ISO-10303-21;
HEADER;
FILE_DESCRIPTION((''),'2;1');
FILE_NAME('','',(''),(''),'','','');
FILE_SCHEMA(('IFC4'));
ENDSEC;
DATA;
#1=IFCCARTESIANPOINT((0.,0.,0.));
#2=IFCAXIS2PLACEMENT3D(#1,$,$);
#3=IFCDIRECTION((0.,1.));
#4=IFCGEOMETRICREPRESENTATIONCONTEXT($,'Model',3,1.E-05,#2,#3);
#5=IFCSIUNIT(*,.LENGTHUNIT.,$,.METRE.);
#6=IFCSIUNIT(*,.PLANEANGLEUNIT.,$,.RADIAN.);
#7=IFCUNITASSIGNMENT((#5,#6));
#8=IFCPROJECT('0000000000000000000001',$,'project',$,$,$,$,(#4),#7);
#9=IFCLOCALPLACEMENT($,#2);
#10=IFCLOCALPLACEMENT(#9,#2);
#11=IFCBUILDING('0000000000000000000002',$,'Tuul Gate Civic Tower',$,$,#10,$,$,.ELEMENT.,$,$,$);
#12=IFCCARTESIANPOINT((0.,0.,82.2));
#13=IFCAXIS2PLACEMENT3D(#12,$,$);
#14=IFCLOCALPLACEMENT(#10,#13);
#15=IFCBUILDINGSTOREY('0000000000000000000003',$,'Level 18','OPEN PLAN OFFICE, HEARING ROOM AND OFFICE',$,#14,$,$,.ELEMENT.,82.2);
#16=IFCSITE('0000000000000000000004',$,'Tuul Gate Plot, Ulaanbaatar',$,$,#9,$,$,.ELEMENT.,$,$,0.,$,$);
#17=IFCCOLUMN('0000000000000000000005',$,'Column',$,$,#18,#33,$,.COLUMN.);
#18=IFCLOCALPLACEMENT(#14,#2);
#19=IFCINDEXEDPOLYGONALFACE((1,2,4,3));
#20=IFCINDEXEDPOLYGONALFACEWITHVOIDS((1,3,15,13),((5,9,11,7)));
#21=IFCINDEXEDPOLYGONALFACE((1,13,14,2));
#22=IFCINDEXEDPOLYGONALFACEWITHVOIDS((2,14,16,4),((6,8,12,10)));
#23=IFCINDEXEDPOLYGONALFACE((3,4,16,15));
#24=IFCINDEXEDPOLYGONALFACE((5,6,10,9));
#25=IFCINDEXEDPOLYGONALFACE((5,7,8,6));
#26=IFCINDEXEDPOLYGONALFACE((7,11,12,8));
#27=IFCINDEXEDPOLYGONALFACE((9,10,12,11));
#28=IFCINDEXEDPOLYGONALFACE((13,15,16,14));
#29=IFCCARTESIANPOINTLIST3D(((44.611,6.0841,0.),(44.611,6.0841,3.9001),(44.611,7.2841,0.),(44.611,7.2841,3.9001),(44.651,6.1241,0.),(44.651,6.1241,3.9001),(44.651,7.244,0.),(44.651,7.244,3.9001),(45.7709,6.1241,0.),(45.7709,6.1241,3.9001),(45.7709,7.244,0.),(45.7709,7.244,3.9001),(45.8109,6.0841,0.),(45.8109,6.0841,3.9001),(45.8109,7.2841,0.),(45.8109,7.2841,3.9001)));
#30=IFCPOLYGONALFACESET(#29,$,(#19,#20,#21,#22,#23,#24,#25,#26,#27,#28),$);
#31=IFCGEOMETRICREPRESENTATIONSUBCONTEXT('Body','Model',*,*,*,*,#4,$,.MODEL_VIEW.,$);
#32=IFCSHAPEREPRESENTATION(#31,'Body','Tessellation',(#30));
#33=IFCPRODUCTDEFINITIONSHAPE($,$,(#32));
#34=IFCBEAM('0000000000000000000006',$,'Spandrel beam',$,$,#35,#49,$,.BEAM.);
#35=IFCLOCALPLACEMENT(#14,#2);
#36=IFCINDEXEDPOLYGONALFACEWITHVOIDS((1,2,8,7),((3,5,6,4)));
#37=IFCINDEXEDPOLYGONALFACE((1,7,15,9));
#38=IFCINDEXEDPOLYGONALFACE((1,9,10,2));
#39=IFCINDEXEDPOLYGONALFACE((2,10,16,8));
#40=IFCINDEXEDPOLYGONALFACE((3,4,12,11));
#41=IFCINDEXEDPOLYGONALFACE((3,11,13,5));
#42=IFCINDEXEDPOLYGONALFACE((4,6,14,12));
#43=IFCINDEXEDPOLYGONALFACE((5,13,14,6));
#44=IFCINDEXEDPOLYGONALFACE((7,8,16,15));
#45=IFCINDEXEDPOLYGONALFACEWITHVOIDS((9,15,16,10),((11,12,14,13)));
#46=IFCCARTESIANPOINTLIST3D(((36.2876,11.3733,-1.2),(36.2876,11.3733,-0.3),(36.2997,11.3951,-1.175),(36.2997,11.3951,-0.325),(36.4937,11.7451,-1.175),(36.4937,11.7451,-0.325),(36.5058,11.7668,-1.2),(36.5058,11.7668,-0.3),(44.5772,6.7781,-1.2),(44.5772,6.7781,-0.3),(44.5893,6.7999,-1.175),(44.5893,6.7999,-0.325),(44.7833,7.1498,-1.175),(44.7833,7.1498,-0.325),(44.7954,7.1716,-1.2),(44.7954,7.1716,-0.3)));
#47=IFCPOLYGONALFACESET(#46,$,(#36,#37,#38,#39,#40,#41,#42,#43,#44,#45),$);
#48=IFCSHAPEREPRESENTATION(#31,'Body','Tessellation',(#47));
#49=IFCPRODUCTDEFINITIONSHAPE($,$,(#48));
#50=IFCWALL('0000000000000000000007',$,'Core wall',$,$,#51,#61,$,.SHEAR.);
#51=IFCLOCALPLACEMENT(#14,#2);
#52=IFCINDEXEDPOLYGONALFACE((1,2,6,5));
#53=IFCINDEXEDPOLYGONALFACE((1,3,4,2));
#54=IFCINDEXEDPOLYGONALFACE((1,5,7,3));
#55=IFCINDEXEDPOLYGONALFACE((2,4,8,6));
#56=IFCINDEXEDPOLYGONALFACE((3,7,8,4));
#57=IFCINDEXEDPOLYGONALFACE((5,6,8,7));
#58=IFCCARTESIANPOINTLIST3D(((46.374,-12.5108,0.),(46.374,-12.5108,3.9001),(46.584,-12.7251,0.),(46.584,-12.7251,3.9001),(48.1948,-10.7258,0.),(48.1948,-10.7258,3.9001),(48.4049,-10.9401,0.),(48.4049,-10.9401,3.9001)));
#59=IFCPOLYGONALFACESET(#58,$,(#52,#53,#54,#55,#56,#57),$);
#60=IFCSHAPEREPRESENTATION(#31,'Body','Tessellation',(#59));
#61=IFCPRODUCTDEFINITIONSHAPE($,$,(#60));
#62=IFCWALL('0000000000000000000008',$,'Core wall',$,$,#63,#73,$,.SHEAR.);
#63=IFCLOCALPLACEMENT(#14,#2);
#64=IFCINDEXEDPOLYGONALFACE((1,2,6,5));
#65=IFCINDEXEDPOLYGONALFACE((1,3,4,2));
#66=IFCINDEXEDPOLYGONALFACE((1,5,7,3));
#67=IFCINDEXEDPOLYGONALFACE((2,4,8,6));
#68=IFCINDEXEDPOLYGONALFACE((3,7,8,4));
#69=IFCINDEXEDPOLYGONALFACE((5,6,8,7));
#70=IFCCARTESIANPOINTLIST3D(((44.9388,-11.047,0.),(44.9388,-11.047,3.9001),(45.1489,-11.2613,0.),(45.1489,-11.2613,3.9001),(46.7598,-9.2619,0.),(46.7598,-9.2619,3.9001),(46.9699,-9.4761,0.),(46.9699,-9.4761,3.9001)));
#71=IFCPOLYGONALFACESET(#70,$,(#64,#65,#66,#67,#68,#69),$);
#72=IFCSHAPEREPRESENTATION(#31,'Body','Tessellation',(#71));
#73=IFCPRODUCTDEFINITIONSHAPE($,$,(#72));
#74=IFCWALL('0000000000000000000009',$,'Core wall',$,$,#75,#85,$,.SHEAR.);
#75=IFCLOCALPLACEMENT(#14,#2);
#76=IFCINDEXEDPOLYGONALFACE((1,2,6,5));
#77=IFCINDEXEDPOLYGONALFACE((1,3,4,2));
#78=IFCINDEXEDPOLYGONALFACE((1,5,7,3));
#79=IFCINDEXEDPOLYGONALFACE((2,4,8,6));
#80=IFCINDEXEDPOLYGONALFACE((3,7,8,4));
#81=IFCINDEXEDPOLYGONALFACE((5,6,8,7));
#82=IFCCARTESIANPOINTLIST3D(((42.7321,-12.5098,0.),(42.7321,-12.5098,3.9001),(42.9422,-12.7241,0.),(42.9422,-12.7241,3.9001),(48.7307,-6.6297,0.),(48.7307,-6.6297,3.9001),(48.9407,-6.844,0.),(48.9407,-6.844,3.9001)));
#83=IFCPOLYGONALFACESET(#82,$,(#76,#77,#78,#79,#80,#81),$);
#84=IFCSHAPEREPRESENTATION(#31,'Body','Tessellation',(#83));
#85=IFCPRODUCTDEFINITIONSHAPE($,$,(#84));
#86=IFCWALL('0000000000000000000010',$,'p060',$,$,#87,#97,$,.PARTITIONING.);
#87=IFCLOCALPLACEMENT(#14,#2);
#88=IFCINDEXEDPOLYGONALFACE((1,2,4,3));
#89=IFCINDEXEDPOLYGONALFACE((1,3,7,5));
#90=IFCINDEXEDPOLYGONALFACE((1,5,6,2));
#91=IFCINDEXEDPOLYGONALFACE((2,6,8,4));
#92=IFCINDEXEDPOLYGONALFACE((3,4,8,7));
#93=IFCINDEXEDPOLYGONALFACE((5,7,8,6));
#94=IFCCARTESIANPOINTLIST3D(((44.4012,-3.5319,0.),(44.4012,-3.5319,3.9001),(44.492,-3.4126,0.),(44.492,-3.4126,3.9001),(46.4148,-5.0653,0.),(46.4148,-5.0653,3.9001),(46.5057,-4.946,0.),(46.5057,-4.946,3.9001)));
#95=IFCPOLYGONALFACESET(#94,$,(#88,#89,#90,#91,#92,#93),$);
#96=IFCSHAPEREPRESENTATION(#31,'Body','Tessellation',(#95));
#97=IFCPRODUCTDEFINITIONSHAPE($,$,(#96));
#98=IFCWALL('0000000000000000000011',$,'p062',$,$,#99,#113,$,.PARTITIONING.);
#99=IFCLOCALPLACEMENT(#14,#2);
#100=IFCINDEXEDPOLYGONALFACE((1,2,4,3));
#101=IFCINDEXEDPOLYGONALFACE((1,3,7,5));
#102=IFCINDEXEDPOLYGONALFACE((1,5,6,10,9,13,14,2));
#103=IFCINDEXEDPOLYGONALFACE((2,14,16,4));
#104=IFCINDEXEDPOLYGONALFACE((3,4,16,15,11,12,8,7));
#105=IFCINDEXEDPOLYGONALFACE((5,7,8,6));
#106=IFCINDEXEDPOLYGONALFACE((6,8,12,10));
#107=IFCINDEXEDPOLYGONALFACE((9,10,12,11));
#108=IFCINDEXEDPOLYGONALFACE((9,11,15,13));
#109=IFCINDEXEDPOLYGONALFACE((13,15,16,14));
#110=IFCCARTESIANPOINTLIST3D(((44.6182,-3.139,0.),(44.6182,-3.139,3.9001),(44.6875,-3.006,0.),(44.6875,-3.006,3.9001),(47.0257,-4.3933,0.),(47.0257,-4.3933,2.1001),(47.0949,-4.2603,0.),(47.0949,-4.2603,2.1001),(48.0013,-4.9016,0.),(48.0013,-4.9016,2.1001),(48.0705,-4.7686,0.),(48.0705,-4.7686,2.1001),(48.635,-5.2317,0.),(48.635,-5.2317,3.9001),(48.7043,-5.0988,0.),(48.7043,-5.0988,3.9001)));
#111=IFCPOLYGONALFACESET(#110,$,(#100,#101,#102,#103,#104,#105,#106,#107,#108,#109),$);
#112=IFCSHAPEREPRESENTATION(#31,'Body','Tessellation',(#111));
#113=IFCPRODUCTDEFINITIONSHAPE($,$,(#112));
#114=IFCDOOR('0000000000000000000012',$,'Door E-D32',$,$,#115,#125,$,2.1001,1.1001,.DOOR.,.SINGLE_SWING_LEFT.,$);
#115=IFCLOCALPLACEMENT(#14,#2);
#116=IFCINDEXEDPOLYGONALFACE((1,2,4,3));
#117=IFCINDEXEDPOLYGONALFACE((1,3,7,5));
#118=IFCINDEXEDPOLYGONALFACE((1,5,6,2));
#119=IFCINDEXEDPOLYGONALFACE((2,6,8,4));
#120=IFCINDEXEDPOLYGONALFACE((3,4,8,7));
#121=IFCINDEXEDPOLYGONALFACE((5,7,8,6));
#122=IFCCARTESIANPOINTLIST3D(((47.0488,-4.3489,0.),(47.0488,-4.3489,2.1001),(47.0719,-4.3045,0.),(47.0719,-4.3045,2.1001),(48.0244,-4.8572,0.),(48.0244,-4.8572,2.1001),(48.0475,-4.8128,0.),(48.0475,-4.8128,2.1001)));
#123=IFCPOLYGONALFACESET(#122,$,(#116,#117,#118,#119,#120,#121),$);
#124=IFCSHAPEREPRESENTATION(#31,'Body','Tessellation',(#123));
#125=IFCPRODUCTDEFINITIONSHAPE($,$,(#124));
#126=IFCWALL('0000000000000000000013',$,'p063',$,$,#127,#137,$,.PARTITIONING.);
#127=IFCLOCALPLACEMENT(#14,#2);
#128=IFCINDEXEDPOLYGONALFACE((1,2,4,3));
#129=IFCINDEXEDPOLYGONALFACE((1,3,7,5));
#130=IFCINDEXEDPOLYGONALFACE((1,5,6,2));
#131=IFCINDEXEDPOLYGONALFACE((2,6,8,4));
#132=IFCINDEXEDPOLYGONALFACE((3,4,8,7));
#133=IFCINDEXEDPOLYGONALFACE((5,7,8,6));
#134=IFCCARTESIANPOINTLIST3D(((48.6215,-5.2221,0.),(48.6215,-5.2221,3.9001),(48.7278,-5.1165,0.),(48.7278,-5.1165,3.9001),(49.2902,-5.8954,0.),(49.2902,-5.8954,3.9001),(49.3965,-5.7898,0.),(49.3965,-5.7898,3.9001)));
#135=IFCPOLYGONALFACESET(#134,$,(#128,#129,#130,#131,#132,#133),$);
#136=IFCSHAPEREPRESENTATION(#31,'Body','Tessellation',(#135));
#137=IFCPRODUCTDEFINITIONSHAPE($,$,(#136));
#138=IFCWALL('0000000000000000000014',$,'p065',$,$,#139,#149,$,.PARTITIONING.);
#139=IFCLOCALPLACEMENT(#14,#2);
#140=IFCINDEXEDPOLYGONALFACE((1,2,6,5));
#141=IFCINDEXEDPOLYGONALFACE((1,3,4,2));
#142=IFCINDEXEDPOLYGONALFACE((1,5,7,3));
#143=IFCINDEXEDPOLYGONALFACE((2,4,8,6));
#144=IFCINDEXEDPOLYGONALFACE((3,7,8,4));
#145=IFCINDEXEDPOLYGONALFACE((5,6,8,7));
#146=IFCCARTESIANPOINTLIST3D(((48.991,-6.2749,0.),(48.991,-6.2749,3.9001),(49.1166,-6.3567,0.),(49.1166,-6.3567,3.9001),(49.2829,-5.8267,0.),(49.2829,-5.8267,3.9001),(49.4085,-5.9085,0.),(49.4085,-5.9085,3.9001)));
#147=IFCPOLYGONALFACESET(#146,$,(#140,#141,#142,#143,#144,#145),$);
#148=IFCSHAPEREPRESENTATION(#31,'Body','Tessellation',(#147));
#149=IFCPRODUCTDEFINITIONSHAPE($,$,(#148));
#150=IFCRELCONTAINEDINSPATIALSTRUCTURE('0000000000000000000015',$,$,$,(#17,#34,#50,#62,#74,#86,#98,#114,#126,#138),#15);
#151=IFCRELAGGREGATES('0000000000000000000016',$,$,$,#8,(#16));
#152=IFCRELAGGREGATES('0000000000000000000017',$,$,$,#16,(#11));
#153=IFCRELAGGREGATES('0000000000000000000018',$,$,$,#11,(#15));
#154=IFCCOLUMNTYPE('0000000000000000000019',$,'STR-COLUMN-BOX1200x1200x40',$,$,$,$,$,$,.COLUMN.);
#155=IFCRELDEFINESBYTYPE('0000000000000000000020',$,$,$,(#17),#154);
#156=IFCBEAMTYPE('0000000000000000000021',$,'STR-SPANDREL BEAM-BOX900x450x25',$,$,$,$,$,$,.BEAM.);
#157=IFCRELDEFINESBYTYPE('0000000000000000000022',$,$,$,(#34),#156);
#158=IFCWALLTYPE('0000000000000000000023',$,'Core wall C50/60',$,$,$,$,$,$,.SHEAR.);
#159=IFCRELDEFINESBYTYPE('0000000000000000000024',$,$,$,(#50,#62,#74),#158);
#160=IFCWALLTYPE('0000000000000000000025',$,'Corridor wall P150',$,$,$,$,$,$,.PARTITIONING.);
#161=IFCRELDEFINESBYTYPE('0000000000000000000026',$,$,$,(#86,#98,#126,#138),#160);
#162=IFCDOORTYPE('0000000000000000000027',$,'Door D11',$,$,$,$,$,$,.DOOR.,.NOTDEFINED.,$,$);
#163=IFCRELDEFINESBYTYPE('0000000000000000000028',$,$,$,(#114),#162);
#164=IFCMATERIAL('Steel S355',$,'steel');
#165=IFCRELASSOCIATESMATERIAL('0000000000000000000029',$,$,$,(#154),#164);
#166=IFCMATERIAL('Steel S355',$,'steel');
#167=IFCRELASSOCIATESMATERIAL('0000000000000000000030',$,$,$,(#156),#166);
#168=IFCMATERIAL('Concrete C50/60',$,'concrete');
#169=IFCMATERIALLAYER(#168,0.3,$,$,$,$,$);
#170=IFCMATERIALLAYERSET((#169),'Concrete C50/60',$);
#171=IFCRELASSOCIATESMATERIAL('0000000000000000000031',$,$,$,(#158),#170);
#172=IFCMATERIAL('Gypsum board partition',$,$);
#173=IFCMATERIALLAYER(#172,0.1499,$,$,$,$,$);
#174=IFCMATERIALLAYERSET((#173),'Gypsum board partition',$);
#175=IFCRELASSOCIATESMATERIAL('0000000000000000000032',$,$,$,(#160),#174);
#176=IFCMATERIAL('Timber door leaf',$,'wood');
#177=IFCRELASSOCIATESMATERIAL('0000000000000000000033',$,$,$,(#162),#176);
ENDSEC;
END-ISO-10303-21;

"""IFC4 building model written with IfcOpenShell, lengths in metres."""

from ifc_helpers import new_model, si_unit, direction, frame, frame_2d, origin, origin_2d, place, context, subcontext, project, spatial, rectangle, hollow_rectangle, extrude, material, layer, layer_set, material_profile, profile_set, type_object, element, fill, save


model = new_model("IFC4")

# Units and contexts
model_context = context("Model", 3, precision=1e-05, world=origin(), true_north=direction((0.0, 1.0)))
body_context = subcontext(model_context, "Body", "Model", "MODEL_VIEW")
ifc_project = project(units=[si_unit("LENGTHUNIT", "METRE"), si_unit("PLANEANGLEUNIT", "RADIAN")], contexts=[model_context])

# Site, building, storey
site_placement = place(None, origin())
site = spatial("IfcSite", under=ifc_project, at=site_placement, Name="Tuul Gate Plot, Ulaanbaatar", CompositionType="ELEMENT", RefElevation=0.0)
building_placement = place(site_placement, origin())
building = spatial("IfcBuilding", under=site, at=building_placement, Name="Tuul Gate Civic Tower", CompositionType="ELEMENT")
storey_placement = place(building_placement, frame((0.0, 0.0, 82.2)))
storey = spatial("IfcBuildingStorey", under=building, at=storey_placement, Name="Level 18", Description="OPEN PLAN OFFICE, HEARING ROOM AND OFFICE", CompositionType="ELEMENT", Elevation=82.2)

# Column
ifc_material_1 = material(Name="Steel S355", Category="steel")
ifc_material_profile_1 = material_profile(ifc_material_1, hollow_rectangle(XDim=1.2, YDim=1.2, WallThickness=0.04, at=origin_2d()), Name="BOX1200x1200x40")
ifc_profile_set_1 = profile_set([ifc_material_profile_1], Name="Steel S355")
column_type = type_object("IfcColumnType", Name="STR-COLUMN-BOX1200x1200x40", PredefinedType="COLUMN", material=ifc_profile_set_1)
column_placement = place(storey_placement, frame((45.2109, 6.6841, 0.0), z_axis=(0.0, 0.0, 1.0), x_axis=(1.0, 0.0, 0.0)))
element("IfcColumn", 1, at=column_placement, inside=storey, type_object=column_type, Name="Column", PredefinedType="COLUMN", context=body_context, shape_type="SweptSolid", body=[
    extrude(hollow_rectangle(XDim=1.2, YDim=1.2, WallThickness=0.04, at=origin_2d()), origin(), (0.0, 0.0, 1.0), 3.9001),
])

# Beam
ifc_material_2 = material(Name="Steel S355", Category="steel")
ifc_material_profile_2 = material_profile(ifc_material_2, hollow_rectangle(XDim=0.45, YDim=0.8999, WallThickness=0.0249, at=origin_2d()), Name="BOX900x450x25")
ifc_profile_set_2 = profile_set([ifc_material_profile_2], Name="Steel S355")
beam_type = type_object("IfcBeamType", Name="STR-SPANDREL BEAM-BOX900x450x25", PredefinedType="BEAM", material=ifc_profile_set_2)
beam_placement = place(storey_placement, frame((44.6863, 6.9749, -0.75), z_axis=(-0.874609, 0.484829, 0.0), x_axis=(-0.484829, -0.874609, 0.0)))
element("IfcBeam", 2, at=beam_placement, inside=storey, type_object=beam_type, Name="Spandrel beam", PredefinedType="BEAM", context=body_context, shape_type="SweptSolid", body=[
    extrude(hollow_rectangle(XDim=0.45, YDim=0.8999, WallThickness=0.0249, at=origin_2d()), origin(), (0.0, 0.0, 1.0), 9.478),
])

# Walls
ifc_material_3 = material(Name="Concrete C50/60", Category="concrete")
ifc_layer_1 = layer(ifc_material_3, 0.3)
ifc_layer_set_1 = layer_set([ifc_layer_1], Name="Concrete C50/60")
wall_type_1 = type_object("IfcWallType", Name="Core wall C50/60", PredefinedType="SHEAR", material=ifc_layer_set_1)
wall_1_placement = place(storey_placement, frame((46.479, -12.6179, 0.0), z_axis=(0.0, 0.0, 1.0), x_axis=(0.714109, 0.700034, 0.0)))
element("IfcWall", 3, at=wall_1_placement, inside=storey, type_object=wall_type_1, Name="Core wall", PredefinedType="SHEAR", context=body_context, shape_type="SweptSolid", body=[
    extrude(rectangle(XDim=2.5498, YDim=0.3, at=frame_2d((1.2749, 0.0))), origin(), (0.0, 0.0, 1.0), 3.9001),
])
wall_2_placement = place(storey_placement, frame((45.0439, -11.1541, 0.0), z_axis=(0.0, 0.0, 1.0), x_axis=(0.714108, 0.700035, 0.0)))
element("IfcWall", 4, at=wall_2_placement, inside=storey, type_object=wall_type_1, Name="Core wall", PredefinedType="SHEAR", context=body_context, shape_type="SweptSolid", body=[
    extrude(rectangle(XDim=2.55, YDim=0.3, at=frame_2d((1.2749, 0.0))), origin(), (0.0, 0.0, 1.0), 3.9001),
])
wall_3_placement = place(storey_placement, frame((42.8372, -12.6169, 0.0), z_axis=(0.0, 0.0, 1.0), x_axis=(0.71412, 0.700023, 0.0)))
element("IfcWall", 5, at=wall_3_placement, inside=storey, type_object=wall_type_1, Name="Core wall", PredefinedType="SHEAR", context=body_context, shape_type="SweptSolid", body=[
    extrude(rectangle(XDim=8.3999, YDim=0.3, at=frame_2d((4.2, 0.0))), origin(), (0.0, 0.0, 1.0), 3.9001),
])
ifc_material_4 = material(Name="Gypsum board partition")
ifc_layer_2 = layer(ifc_material_4, 0.1499)
ifc_layer_set_2 = layer_set([ifc_layer_2], Name="Gypsum board partition")
wall_type_2 = type_object("IfcWallType", Name="Corridor wall P150", PredefinedType="PARTITIONING", material=ifc_layer_set_2)
wall_4_placement = place(storey_placement, frame((44.4465, -3.4722, 0.0), z_axis=(0.0, 0.0, 1.0), x_axis=(0.79558, -0.605848, 0.0)))
element("IfcWall", 6, at=wall_4_placement, inside=storey, type_object=wall_type_2, Name="p060", PredefinedType="PARTITIONING", context=body_context, shape_type="SweptSolid", body=[
    extrude(rectangle(XDim=2.531, YDim=0.1499, at=frame_2d((1.2656, 0.0))), origin(), (0.0, 0.0, 1.0), 3.9001),
])

# Wall, opening, door
wall_5_placement = place(storey_placement, frame((44.6528, -3.0725, 0.0), z_axis=(0.0, 0.0, 1.0), x_axis=(0.886854, -0.46205, 0.0)))
wall_5 = element("IfcWall", 7, at=wall_5_placement, inside=storey, type_object=wall_type_2, Name="p062", PredefinedType="PARTITIONING", context=body_context, shape_type="SweptSolid", body=[
    extrude(rectangle(XDim=4.5293, YDim=0.1499, at=frame_2d((2.2646, 0.0))), origin(), (0.0, 0.0, 1.0), 3.9001),
])
opening_1_placement = place(wall_5_placement, frame((2.7146, 0.0, 0.0)))
opening_1 = element("IfcOpeningElement", 8, at=opening_1_placement, cuts=wall_5, PredefinedType="OPENING", context=body_context, shape_type="SweptSolid", body=[
    extrude(rectangle(XDim=1.1001, YDim=2.1001, at=frame_2d((0.55, 1.05))), frame((0.0, 0.085, 0.0), z_axis=(0.0, -1.0, 0.0), x_axis=(1.0, 0.0, 0.0)), (0.0, 0.0, 1.0), 0.1699),
])
ifc_material_5 = material(Name="Timber door leaf", Category="wood")
door_type_1 = type_object("IfcDoorType", Name="Door D11", OperationType="NOTDEFINED", PredefinedType="DOOR", material=ifc_material_5)
door_1_placement = place(opening_1_placement, frame((1.1001, 0.0, 0.0), z_axis=(0.0, 0.0, 1.0), x_axis=(-1.0, 0.0, 0.0)))
door_1 = element("IfcDoor", 9, at=door_1_placement, inside=storey, type_object=door_type_1, Name="Door E-D32", OperationType="SINGLE_SWING_LEFT", OverallHeight=2.1001, OverallWidth=1.1001, PredefinedType="DOOR", context=body_context, shape_type="SweptSolid", body=[
    extrude(rectangle(XDim=1.1001, YDim=2.1001, at=frame_2d((0.55, 1.05))), frame((0.0, 0.0249, 0.0), z_axis=(0.0, -1.0, 0.0), x_axis=(1.0, 0.0, 0.0)), (0.0, 0.0, 1.0), 0.05),
])
fill(opening_1, door_1)

# Walls
wall_6_placement = place(storey_placement, frame((48.6746, -5.1692, 0.0), z_axis=(0.0, 0.0, 1.0), x_axis=(0.704659, -0.709547, 0.0)))
element("IfcWall", 10, at=wall_6_placement, inside=storey, type_object=wall_type_2, Name="p063", PredefinedType="PARTITIONING", context=body_context, shape_type="SweptSolid", body=[
    extrude(rectangle(XDim=0.949, YDim=0.1499, at=frame_2d((0.4746, 0.0))), origin(), (0.0, 0.0, 1.0), 3.9001),
])
wall_7_placement = place(storey_placement, frame((49.0537, -6.3159, 0.0), z_axis=(0.0, 0.0, 1.0), x_axis=(0.545822, 0.837901, 0.0)))
element("IfcWall", 11, at=wall_7_placement, inside=storey, type_object=wall_type_2, Name="p065", PredefinedType="PARTITIONING", context=body_context, shape_type="SweptSolid", body=[
    extrude(rectangle(XDim=0.5349, YDim=0.1499, at=frame_2d((0.2676, 0.0))), origin(), (0.0, 0.0, 1.0), 3.9001),
])

save(model, "model.ifc")
